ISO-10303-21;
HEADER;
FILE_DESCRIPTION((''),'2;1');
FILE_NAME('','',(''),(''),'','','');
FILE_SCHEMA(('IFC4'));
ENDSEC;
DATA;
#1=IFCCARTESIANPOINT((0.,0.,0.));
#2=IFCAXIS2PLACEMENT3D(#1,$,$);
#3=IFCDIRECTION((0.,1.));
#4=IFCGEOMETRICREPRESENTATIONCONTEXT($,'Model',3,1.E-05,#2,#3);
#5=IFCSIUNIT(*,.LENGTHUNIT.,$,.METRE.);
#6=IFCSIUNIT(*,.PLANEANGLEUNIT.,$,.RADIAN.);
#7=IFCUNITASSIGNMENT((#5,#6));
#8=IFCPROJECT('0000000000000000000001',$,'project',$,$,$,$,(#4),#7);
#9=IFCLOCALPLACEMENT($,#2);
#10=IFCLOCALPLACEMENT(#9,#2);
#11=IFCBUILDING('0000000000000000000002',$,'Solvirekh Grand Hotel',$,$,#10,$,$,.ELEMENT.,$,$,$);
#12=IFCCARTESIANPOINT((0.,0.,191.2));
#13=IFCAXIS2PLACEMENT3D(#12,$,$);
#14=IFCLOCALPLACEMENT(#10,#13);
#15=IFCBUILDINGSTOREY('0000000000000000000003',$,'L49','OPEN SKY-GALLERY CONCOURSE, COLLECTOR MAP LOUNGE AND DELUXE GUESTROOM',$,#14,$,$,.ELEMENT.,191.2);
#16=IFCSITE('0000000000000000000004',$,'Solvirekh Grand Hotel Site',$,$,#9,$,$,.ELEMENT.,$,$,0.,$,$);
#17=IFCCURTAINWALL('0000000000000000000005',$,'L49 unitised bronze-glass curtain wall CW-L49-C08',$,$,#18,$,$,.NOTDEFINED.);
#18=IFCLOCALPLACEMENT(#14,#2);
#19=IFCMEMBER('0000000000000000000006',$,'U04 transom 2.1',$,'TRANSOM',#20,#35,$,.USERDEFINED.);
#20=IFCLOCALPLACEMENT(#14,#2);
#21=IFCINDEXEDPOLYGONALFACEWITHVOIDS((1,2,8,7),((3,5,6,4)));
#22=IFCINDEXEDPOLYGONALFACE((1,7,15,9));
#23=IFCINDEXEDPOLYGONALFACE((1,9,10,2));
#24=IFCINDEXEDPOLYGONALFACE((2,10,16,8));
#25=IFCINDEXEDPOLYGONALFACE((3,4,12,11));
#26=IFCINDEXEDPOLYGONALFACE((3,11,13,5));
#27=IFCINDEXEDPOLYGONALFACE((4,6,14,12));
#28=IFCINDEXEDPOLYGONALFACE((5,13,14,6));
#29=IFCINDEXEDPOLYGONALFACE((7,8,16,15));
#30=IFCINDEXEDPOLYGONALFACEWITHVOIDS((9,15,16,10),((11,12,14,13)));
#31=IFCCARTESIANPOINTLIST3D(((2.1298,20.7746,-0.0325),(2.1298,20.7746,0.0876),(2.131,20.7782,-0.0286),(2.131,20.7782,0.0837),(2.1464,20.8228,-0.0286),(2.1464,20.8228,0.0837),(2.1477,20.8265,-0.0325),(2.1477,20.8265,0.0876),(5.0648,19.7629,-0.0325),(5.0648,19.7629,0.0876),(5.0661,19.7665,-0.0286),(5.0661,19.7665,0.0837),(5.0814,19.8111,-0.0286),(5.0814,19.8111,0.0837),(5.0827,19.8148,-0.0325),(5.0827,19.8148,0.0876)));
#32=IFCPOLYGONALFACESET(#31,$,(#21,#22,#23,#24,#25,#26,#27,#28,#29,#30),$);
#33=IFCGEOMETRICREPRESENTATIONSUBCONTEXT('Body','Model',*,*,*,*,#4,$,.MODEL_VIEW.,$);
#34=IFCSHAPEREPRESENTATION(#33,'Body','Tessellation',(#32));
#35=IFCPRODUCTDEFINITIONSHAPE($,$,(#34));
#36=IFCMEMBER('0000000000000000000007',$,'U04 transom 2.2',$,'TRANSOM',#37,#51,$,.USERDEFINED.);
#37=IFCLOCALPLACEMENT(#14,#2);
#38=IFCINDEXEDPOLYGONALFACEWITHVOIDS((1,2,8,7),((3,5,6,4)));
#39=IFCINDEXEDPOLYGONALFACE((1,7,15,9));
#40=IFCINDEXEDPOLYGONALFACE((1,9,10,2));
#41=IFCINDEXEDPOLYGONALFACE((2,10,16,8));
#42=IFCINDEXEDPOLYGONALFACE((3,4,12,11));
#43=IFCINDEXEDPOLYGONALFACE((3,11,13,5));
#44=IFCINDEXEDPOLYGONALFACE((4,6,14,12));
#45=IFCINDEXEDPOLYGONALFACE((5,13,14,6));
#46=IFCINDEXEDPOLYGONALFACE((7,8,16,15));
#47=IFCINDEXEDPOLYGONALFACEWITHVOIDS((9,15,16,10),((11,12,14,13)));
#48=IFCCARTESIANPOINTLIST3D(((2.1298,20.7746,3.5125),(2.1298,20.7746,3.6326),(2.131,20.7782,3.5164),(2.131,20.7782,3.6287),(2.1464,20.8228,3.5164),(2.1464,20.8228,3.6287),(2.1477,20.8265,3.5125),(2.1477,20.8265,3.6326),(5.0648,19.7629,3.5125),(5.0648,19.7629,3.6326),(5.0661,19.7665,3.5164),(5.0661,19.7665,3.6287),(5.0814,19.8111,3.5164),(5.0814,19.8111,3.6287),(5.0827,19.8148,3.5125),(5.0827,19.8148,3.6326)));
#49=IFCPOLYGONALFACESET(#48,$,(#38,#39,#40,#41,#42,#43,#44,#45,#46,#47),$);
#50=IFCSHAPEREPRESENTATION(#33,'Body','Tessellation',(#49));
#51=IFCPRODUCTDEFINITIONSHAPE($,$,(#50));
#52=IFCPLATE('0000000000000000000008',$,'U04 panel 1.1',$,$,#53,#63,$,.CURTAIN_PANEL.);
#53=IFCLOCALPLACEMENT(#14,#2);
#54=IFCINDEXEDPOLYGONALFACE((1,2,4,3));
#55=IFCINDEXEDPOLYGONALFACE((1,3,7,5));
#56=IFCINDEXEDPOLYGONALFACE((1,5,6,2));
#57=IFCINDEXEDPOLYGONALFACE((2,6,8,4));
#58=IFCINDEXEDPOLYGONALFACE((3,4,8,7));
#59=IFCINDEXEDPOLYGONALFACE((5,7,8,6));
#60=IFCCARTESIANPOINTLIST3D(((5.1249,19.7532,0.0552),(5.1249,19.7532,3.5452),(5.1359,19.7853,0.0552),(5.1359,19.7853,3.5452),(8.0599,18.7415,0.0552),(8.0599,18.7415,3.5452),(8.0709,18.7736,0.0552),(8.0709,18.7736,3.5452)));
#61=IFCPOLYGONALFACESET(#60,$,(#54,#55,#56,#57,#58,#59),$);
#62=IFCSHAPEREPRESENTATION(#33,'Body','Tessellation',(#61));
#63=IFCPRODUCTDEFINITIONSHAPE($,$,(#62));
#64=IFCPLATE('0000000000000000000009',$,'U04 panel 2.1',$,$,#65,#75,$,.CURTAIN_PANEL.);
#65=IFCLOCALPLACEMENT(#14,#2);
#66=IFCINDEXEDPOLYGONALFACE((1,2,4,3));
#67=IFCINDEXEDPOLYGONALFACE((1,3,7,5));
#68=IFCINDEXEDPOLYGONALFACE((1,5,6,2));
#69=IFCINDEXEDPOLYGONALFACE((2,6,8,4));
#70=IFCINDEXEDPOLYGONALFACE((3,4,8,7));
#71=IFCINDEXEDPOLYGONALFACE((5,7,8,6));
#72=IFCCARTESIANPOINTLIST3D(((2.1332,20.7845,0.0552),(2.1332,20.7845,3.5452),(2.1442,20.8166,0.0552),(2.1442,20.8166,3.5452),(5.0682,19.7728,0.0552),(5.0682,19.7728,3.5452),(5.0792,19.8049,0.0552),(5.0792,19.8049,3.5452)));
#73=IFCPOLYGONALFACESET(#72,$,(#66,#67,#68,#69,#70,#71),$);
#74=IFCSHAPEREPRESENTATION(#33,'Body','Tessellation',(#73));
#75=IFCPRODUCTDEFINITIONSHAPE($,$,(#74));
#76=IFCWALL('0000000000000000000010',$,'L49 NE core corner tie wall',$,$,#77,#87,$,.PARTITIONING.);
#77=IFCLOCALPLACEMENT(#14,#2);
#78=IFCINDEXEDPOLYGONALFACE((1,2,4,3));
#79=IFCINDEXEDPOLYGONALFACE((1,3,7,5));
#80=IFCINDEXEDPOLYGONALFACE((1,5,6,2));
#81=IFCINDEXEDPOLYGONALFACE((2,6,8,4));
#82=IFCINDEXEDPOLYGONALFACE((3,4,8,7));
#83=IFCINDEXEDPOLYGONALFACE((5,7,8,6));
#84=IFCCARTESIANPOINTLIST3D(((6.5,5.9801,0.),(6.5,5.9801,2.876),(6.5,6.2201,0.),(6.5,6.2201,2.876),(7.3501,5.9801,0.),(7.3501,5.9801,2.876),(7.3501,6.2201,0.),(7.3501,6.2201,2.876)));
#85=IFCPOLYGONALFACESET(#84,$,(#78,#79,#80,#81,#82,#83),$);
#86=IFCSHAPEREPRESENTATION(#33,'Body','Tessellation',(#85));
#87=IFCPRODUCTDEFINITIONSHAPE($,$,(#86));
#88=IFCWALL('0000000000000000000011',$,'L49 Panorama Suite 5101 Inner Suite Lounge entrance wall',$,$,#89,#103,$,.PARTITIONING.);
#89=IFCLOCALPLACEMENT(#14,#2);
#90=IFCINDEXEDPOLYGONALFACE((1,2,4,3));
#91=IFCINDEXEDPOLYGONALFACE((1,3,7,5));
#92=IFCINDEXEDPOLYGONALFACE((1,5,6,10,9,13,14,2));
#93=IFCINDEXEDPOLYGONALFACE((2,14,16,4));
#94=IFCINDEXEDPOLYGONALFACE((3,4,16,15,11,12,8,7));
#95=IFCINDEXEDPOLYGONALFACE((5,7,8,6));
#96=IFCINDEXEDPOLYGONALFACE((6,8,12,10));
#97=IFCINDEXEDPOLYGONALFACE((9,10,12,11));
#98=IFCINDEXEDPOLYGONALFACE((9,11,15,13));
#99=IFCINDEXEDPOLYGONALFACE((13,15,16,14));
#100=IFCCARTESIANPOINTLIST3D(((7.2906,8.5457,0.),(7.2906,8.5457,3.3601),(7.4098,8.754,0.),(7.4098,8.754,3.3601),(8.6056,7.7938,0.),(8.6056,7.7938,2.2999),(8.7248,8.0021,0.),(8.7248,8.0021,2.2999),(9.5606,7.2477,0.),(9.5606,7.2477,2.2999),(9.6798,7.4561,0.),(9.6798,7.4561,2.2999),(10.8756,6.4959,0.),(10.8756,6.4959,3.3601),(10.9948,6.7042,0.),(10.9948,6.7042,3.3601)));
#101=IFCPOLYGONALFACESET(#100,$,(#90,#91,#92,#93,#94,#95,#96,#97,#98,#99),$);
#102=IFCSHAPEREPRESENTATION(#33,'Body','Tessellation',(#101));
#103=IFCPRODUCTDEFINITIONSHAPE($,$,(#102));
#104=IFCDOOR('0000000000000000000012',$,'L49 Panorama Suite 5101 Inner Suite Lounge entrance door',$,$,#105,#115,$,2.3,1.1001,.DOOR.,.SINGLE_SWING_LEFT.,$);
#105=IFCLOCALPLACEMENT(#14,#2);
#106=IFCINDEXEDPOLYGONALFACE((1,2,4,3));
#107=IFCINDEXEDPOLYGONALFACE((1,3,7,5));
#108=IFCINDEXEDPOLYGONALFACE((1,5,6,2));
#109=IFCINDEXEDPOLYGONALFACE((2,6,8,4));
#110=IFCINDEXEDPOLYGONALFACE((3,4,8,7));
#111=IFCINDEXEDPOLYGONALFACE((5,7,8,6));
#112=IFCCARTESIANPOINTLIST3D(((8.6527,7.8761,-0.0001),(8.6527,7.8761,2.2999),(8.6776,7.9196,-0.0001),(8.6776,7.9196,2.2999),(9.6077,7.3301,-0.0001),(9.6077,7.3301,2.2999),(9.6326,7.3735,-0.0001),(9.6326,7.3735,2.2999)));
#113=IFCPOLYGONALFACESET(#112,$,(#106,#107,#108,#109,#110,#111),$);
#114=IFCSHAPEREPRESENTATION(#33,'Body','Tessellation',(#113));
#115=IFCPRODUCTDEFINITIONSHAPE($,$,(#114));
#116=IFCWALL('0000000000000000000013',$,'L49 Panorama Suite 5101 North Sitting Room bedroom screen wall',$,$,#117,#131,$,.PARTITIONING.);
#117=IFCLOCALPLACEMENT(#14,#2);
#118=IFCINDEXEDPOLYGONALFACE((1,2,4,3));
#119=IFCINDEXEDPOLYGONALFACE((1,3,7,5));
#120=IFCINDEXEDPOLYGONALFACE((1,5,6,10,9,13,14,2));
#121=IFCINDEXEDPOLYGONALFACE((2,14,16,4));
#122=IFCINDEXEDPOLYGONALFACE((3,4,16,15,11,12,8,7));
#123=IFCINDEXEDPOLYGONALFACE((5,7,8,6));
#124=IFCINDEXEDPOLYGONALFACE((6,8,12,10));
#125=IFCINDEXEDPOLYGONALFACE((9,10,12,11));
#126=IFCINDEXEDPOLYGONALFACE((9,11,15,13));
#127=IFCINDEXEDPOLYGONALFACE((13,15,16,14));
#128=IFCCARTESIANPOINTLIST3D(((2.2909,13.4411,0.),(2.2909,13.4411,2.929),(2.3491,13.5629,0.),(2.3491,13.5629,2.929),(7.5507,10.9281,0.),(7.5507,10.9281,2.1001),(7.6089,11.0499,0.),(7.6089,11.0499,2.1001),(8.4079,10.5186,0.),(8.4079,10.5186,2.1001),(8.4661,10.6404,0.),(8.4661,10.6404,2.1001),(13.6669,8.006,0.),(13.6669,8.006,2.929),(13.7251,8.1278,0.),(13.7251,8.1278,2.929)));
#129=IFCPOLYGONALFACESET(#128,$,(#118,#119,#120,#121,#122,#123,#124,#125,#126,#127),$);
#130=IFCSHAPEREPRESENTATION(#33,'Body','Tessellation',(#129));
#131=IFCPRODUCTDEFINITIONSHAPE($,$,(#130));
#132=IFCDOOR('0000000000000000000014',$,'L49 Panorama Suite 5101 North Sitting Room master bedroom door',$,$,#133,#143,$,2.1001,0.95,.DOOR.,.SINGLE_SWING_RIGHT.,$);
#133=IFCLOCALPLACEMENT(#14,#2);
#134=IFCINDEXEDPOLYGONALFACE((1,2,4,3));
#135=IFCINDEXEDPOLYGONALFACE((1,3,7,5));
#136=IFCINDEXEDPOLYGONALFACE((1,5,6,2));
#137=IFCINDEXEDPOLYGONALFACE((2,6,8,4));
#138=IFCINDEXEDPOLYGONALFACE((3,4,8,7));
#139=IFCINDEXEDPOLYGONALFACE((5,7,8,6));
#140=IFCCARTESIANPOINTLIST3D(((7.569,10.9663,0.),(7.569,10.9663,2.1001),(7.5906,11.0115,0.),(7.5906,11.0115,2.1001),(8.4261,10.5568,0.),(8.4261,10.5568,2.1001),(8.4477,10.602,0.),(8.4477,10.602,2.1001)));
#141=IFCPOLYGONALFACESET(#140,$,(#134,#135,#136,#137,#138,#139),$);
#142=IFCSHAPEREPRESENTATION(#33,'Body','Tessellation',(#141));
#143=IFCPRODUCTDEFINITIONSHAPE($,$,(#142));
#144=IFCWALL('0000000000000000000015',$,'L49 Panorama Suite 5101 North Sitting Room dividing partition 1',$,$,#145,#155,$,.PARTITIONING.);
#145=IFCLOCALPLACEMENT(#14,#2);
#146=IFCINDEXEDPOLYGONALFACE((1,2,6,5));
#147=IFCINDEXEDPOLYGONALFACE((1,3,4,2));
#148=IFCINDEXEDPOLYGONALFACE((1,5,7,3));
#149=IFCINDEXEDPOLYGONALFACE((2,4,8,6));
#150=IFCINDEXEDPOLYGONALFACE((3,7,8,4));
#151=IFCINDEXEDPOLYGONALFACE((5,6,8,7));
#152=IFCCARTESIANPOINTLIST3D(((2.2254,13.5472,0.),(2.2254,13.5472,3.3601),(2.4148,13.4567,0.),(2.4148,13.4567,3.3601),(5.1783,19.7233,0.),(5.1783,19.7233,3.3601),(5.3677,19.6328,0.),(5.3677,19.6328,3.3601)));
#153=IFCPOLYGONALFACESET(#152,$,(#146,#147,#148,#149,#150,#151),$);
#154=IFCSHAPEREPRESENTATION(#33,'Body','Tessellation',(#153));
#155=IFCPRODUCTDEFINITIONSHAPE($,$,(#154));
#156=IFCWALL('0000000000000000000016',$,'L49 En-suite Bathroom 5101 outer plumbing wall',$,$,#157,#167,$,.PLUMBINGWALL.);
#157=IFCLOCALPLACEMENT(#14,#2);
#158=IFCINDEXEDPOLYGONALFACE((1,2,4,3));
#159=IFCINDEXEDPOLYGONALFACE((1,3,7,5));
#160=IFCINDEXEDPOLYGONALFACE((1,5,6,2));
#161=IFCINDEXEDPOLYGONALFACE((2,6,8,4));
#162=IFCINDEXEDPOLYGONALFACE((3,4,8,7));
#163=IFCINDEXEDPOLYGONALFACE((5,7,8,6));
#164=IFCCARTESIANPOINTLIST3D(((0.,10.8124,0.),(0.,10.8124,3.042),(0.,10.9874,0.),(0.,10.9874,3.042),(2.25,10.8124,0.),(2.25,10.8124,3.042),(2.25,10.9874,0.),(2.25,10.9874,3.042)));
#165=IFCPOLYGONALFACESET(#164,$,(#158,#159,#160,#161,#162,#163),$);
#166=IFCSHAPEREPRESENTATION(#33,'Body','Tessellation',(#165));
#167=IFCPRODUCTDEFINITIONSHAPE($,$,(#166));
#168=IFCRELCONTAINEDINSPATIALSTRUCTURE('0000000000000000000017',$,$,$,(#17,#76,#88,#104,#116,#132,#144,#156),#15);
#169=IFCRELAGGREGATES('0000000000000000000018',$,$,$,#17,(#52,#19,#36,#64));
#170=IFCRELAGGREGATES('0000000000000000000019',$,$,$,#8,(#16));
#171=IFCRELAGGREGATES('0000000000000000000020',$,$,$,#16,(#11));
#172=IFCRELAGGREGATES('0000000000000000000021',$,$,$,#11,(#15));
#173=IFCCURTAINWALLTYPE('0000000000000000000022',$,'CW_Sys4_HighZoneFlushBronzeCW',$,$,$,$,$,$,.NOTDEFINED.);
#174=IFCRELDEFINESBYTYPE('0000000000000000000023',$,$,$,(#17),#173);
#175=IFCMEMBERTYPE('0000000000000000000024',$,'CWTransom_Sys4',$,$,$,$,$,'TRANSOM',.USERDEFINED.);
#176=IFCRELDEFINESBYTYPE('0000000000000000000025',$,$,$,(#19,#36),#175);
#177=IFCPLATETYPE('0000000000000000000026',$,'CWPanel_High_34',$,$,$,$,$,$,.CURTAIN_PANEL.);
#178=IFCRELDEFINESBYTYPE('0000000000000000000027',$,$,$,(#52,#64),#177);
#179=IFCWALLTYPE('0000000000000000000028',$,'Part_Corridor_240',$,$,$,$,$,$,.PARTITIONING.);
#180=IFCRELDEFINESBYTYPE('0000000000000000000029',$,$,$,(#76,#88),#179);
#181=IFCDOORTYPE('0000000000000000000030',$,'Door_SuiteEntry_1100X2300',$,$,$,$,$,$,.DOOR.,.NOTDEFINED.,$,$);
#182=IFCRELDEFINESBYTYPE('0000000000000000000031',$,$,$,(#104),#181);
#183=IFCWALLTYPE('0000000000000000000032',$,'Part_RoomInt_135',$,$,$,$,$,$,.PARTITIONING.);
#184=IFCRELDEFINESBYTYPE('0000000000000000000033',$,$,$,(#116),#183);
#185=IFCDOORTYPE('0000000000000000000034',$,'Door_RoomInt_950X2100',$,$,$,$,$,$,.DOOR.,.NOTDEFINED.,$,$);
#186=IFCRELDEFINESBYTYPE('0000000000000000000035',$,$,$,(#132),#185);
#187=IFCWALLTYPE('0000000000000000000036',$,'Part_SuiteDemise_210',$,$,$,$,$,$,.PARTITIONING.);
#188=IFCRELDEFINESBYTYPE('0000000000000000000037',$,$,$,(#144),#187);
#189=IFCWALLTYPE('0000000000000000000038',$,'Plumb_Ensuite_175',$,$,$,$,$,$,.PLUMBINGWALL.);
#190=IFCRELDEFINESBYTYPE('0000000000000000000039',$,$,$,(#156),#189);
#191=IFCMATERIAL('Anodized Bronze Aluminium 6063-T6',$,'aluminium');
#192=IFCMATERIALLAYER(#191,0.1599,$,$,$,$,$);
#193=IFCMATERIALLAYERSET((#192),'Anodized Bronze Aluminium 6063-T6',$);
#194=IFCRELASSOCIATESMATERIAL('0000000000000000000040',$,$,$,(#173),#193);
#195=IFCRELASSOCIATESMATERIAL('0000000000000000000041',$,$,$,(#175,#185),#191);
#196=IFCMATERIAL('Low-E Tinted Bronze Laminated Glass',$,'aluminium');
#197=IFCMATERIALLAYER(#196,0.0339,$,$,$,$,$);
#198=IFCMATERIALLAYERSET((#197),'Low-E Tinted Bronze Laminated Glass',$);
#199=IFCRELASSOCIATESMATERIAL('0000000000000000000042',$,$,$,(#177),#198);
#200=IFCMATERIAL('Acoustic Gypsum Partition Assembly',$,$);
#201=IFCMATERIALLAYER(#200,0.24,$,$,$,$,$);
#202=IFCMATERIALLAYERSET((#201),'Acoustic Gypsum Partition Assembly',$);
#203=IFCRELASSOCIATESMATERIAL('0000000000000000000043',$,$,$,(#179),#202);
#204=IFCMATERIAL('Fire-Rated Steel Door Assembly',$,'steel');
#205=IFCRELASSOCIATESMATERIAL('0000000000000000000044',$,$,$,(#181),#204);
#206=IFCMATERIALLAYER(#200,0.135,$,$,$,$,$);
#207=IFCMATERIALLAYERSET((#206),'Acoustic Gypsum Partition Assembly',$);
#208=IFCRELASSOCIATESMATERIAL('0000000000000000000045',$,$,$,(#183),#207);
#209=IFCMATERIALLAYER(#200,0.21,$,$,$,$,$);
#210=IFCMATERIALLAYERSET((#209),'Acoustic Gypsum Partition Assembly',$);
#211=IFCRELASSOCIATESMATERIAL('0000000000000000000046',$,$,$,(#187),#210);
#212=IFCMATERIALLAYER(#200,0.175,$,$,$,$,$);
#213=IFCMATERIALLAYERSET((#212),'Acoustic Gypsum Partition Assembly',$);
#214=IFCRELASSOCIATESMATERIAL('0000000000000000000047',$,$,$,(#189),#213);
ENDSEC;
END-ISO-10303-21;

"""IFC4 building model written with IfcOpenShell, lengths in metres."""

from ifc_helpers import new_model, si_unit, direction, frame, frame_2d, origin, origin_2d, place, context, subcontext, project, spatial, rectangle, hollow_rectangle, extrude, source, transform, mapped, material, layer, layer_set, material_profile, profile_set, type_object, element, fill, aggregate, save


model = new_model("IFC4")

# Units and contexts
model_context = context("Model", 3, precision=1e-05, world=origin(), true_north=direction((0.0, 1.0)))
body_context = subcontext(model_context, "Body", "Model", "MODEL_VIEW")
ifc_project = project(units=[si_unit("LENGTHUNIT", "METRE"), si_unit("PLANEANGLEUNIT", "RADIAN")], contexts=[model_context])

# Site, building, storey
site_placement = place(None, origin())
site = spatial("IfcSite", under=ifc_project, at=site_placement, Name="Solvirekh Grand Hotel Site", CompositionType="ELEMENT", RefElevation=0.0)
building_placement = place(site_placement, origin())
building = spatial("IfcBuilding", under=site, at=building_placement, Name="Solvirekh Grand Hotel", CompositionType="ELEMENT")
storey_placement = place(building_placement, frame((0.0, 0.0, 191.2)))
storey = spatial("IfcBuildingStorey", under=building, at=storey_placement, Name="L49", Description="OPEN SKY-GALLERY CONCOURSE, COLLECTOR MAP LOUNGE AND DELUXE GUESTROOM", CompositionType="ELEMENT", Elevation=191.2)

# Curtain wall, members, plates
ifc_material_1 = material(Name="Anodized Bronze Aluminium 6063-T6", Category="aluminium")
ifc_layer_1 = layer(ifc_material_1, 0.1599)
ifc_layer_set_1 = layer_set([ifc_layer_1], Name="Anodized Bronze Aluminium 6063-T6")
curtain_wall_type = type_object("IfcCurtainWallType", Name="CW_Sys4_HighZoneFlushBronzeCW", PredefinedType="NOTDEFINED", material=ifc_layer_set_1)
curtain_wall_placement = place(storey_placement, origin())
curtain_wall = element("IfcCurtainWall", 1, at=curtain_wall_placement, inside=storey, type_object=curtain_wall_type, Name="L49 unitised bronze-glass curtain wall CW-L49-C08", PredefinedType="NOTDEFINED")
ifc_material_profile_1 = material_profile(ifc_material_1, hollow_rectangle(XDim=0.0549, YDim=0.1201, WallThickness=0.0039, at=origin_2d()), Name="ALU RHS 120X55X4")
ifc_profile_set_1 = profile_set([ifc_material_profile_1], Name="Anodized Bronze Aluminium 6063-T6")
member_type_1 = type_object("IfcMemberType", Name="CWTransom_Sys4", ElementType="TRANSOM", PredefinedType="USERDEFINED", material=ifc_profile_set_1)
shared_shape_1 = source(origin(), body_context, "Body", "SweptSolid", [
    extrude(hollow_rectangle(XDim=0.0549, YDim=0.1201, WallThickness=0.0039, at=origin_2d()), origin(), (0.0, 0.0, 1.0), 3.1045),
])
member_1_placement = place(storey_placement, frame((5.0737, 19.7888, 0.0276), z_axis=(-0.94541, 0.325884, 0.0), x_axis=(-0.325884, -0.94541, 0.0)))
member_1 = element("IfcMember", 2, at=member_1_placement, type_object=member_type_1, Name="U04 transom 2.1", ObjectType="TRANSOM", PredefinedType="USERDEFINED", context=body_context, shape_type="MappedRepresentation", body=[
    mapped(shared_shape_1, transform((0.0, 0.0, 0.0), x_axis=(1.0, 0.0, 0.0), y_axis=(0.0, 1.0, 0.0), z_axis=(0.0, 0.0, 1.0), scale=1.0)),
])
member_2_placement = place(storey_placement, frame((5.0737, 19.7888, 3.5725), z_axis=(-0.94541, 0.325884, 0.0), x_axis=(-0.325884, -0.94541, 0.0)))
member_2 = element("IfcMember", 3, at=member_2_placement, type_object=member_type_1, Name="U04 transom 2.2", ObjectType="TRANSOM", PredefinedType="USERDEFINED", context=body_context, shape_type="MappedRepresentation", body=[
    mapped(shared_shape_1, transform((0.0, 0.0, 0.0), x_axis=(1.0, 0.0, 0.0), y_axis=(0.0, 1.0, 0.0), z_axis=(0.0, 0.0, 1.0), scale=1.0)),
])
ifc_material_2 = material(Name="Low-E Tinted Bronze Laminated Glass", Category="aluminium")
ifc_layer_2 = layer(ifc_material_2, 0.0339)
ifc_layer_set_2 = layer_set([ifc_layer_2], Name="Low-E Tinted Bronze Laminated Glass")
plate_type = type_object("IfcPlateType", Name="CWPanel_High_34", PredefinedType="CURTAIN_PANEL", material=ifc_layer_set_2)
shared_shape_2 = source(origin(), body_context, "Body", "SweptSolid", [
    extrude(rectangle(XDim=3.1045, YDim=0.0339, at=origin_2d()), origin(), (0.0, 0.0, 1.0), 3.49),
])
plate_1_placement = place(storey_placement, frame((6.5979, 19.2634, 0.0552), z_axis=(0.0, 0.0, 1.0), x_axis=(-0.94541, 0.325885, 0.0)))
plate_1 = element("IfcPlate", 4, at=plate_1_placement, type_object=plate_type, Name="U04 panel 1.1", PredefinedType="CURTAIN_PANEL", context=body_context, shape_type="MappedRepresentation", body=[
    mapped(shared_shape_2, transform((0.0, 0.0, 0.0), x_axis=(1.0, 0.0, 0.0), y_axis=(0.0, 1.0, 0.0), z_axis=(0.0, 0.0, 1.0), scale=1.0)),
])
plate_2_placement = place(storey_placement, frame((3.6062, 20.2947, 0.0552), z_axis=(0.0, 0.0, 1.0), x_axis=(-0.94541, 0.325885, 0.0)))
plate_2 = element("IfcPlate", 5, at=plate_2_placement, type_object=plate_type, Name="U04 panel 2.1", PredefinedType="CURTAIN_PANEL", context=body_context, shape_type="MappedRepresentation", body=[
    mapped(shared_shape_2, transform((0.0, 0.0, 0.0), x_axis=(1.0, 0.0, 0.0), y_axis=(0.0, 1.0, 0.0), z_axis=(0.0, 0.0, 1.0), scale=1.0)),
])
aggregate(curtain_wall, [plate_1, member_1, member_2, plate_2])

# Wall
ifc_material_3 = material(Name="Acoustic Gypsum Partition Assembly")
ifc_layer_3 = layer(ifc_material_3, 0.24)
ifc_layer_set_3 = layer_set([ifc_layer_3], Name="Acoustic Gypsum Partition Assembly")
wall_type_1 = type_object("IfcWallType", Name="Part_Corridor_240", PredefinedType="PARTITIONING", material=ifc_layer_set_3)
wall_1_placement = place(storey_placement, frame((6.5, 6.1001, 0.0), z_axis=(0.0, 0.0, 1.0), x_axis=(1.0, 0.0, 0.0)))
element("IfcWall", 6, at=wall_1_placement, inside=storey, type_object=wall_type_1, Name="L49 NE core corner tie wall", PredefinedType="PARTITIONING", context=body_context, shape_type="SweptSolid", body=[
    extrude(rectangle(XDim=0.8501, YDim=0.24, at=frame_2d((0.425, 0.0))), origin(), (0.0, 0.0, 1.0), 2.876),
])

# Walls, openings, doors
wall_2_placement = place(storey_placement, frame((7.3501, 8.6499, 0.0), z_axis=(0.0, 0.0, 1.0), x_axis=(0.868112, -0.496368, 0.0)))
wall_2 = element("IfcWall", 7, at=wall_2_placement, inside=storey, type_object=wall_type_1, Name="L49 Panorama Suite 5101 Inner Suite Lounge entrance wall", PredefinedType="PARTITIONING", context=body_context, shape_type="SweptSolid", body=[
    extrude(rectangle(XDim=4.1296, YDim=0.24, at=frame_2d((2.0649, 0.0))), origin(), (0.0, 0.0, 1.0), 3.3601),
])
opening_1_placement = place(wall_2_placement, frame((1.5149, 0.0, 0.0)))
opening_1 = element("IfcOpeningElement", 8, at=opening_1_placement, cuts=wall_2, PredefinedType="OPENING", context=body_context, shape_type="SweptSolid", body=[
    extrude(rectangle(XDim=1.1001, YDim=2.3, at=frame_2d((0.55, 1.1499))), frame((0.0, 0.1299, 0.0), z_axis=(0.0, -1.0, 0.0), x_axis=(1.0, 0.0, 0.0)), (0.0, 0.0, 1.0), 0.26),
])
ifc_material_4 = material(Name="Fire-Rated Steel Door Assembly", Category="steel")
door_type_1 = type_object("IfcDoorType", Name="Door_SuiteEntry_1100X2300", OperationType="NOTDEFINED", PredefinedType="DOOR", material=ifc_material_4)
door_1_placement = place(opening_1_placement, origin())
door_1 = element("IfcDoor", 9, at=door_1_placement, inside=storey, type_object=door_type_1, Name="L49 Panorama Suite 5101 Inner Suite Lounge entrance door", OperationType="SINGLE_SWING_LEFT", OverallHeight=2.3, OverallWidth=1.1001, PredefinedType="DOOR", context=body_context, shape_type="SweptSolid", body=[
    extrude(rectangle(XDim=1.1001, YDim=2.3, at=frame_2d((0.55, 1.1499))), frame((0.0, 0.0249, 0.0), z_axis=(0.0, -1.0, 0.0), x_axis=(1.0, 0.0, 0.0)), (0.0, 0.0, 1.0), 0.05),
])
fill(opening_1, door_1)
ifc_layer_4 = layer(ifc_material_3, 0.135)
ifc_layer_set_4 = layer_set([ifc_layer_4], Name="Acoustic Gypsum Partition Assembly")
wall_type_2 = type_object("IfcWallType", Name="Part_RoomInt_135", PredefinedType="PARTITIONING", material=ifc_layer_set_4)
wall_3_placement = place(storey_placement, frame((2.3201, 13.502, 0.0), z_axis=(0.0, 0.0, 1.0), x_axis=(0.902308, -0.431092, 0.0)))
wall_3 = element("IfcWall", 10, at=wall_3_placement, inside=storey, type_object=wall_type_2, Name="L49 Panorama Suite 5101 North Sitting Room bedroom screen wall", PredefinedType="PARTITIONING", context=body_context, shape_type="SweptSolid", body=[
    extrude(rectangle(XDim=12.6077, YDim=0.135, at=frame_2d((6.3037, 0.0))), origin(), (0.0, 0.0, 1.0), 2.929),
])
opening_2_placement = place(wall_3_placement, frame((5.8291, 0.0, 0.0)))
opening_2 = element("IfcOpeningElement", 11, at=opening_2_placement, cuts=wall_3, PredefinedType="OPENING", context=body_context, shape_type="SweptSolid", body=[
    extrude(rectangle(XDim=0.95, YDim=2.1001, at=frame_2d((0.4751, 1.05))), frame((0.0, 0.0776, 0.0), z_axis=(0.0, -1.0, 0.0), x_axis=(1.0, 0.0, 0.0)), (0.0, 0.0, 1.0), 0.155),
])
door_type_2 = type_object("IfcDoorType", Name="Door_RoomInt_950X2100", OperationType="NOTDEFINED", PredefinedType="DOOR", material=ifc_material_1)
door_2_placement = place(opening_2_placement, origin())
door_2 = element("IfcDoor", 12, at=door_2_placement, inside=storey, type_object=door_type_2, Name="L49 Panorama Suite 5101 North Sitting Room master bedroom door", OperationType="SINGLE_SWING_RIGHT", OverallHeight=2.1001, OverallWidth=0.95, PredefinedType="DOOR", context=body_context, shape_type="SweptSolid", body=[
    extrude(rectangle(XDim=0.95, YDim=2.1001, at=frame_2d((0.4751, 1.05))), frame((0.0, 0.0249, 0.0), z_axis=(0.0, -1.0, 0.0), x_axis=(1.0, 0.0, 0.0)), (0.0, 0.0, 1.0), 0.05),
])
fill(opening_2, door_2)

# Walls
ifc_layer_5 = layer(ifc_material_3, 0.21)
ifc_layer_set_5 = layer_set([ifc_layer_5], Name="Acoustic Gypsum Partition Assembly")
wall_type_3 = type_object("IfcWallType", Name="Part_SuiteDemise_210", PredefinedType="PARTITIONING", material=ifc_layer_set_5)
wall_4_placement = place(storey_placement, frame((2.3201, 13.502, 0.0), z_axis=(0.0, 0.0, 1.0), x_axis=(0.431352, 0.902184, 0.0)))
element("IfcWall", 13, at=wall_4_placement, inside=storey, type_object=wall_type_3, Name="L49 Panorama Suite 5101 North Sitting Room dividing partition 1", PredefinedType="PARTITIONING", context=body_context, shape_type="SweptSolid", body=[
    extrude(rectangle(XDim=6.8457, YDim=0.21, at=frame_2d((3.4229, 0.0))), origin(), (0.0, 0.0, 1.0), 3.3601),
])
ifc_layer_6 = layer(ifc_material_3, 0.175)
ifc_layer_set_6 = layer_set([ifc_layer_6], Name="Acoustic Gypsum Partition Assembly")
wall_type_4 = type_object("IfcWallType", Name="Plumb_Ensuite_175", PredefinedType="PLUMBINGWALL", material=ifc_layer_set_6)
wall_5_placement = place(storey_placement, frame((0.0, 10.8999, 0.0), z_axis=(0.0, 0.0, 1.0), x_axis=(1.0, 0.0, 0.0)))
element("IfcWall", 14, at=wall_5_placement, inside=storey, type_object=wall_type_4, Name="L49 En-suite Bathroom 5101 outer plumbing wall", PredefinedType="PLUMBINGWALL", context=body_context, shape_type="SweptSolid", body=[
    extrude(rectangle(XDim=2.25, YDim=0.175, at=frame_2d((1.125, 0.0))), origin(), (0.0, 0.0, 1.0), 3.042),
])

save(model, "model.ifc")
